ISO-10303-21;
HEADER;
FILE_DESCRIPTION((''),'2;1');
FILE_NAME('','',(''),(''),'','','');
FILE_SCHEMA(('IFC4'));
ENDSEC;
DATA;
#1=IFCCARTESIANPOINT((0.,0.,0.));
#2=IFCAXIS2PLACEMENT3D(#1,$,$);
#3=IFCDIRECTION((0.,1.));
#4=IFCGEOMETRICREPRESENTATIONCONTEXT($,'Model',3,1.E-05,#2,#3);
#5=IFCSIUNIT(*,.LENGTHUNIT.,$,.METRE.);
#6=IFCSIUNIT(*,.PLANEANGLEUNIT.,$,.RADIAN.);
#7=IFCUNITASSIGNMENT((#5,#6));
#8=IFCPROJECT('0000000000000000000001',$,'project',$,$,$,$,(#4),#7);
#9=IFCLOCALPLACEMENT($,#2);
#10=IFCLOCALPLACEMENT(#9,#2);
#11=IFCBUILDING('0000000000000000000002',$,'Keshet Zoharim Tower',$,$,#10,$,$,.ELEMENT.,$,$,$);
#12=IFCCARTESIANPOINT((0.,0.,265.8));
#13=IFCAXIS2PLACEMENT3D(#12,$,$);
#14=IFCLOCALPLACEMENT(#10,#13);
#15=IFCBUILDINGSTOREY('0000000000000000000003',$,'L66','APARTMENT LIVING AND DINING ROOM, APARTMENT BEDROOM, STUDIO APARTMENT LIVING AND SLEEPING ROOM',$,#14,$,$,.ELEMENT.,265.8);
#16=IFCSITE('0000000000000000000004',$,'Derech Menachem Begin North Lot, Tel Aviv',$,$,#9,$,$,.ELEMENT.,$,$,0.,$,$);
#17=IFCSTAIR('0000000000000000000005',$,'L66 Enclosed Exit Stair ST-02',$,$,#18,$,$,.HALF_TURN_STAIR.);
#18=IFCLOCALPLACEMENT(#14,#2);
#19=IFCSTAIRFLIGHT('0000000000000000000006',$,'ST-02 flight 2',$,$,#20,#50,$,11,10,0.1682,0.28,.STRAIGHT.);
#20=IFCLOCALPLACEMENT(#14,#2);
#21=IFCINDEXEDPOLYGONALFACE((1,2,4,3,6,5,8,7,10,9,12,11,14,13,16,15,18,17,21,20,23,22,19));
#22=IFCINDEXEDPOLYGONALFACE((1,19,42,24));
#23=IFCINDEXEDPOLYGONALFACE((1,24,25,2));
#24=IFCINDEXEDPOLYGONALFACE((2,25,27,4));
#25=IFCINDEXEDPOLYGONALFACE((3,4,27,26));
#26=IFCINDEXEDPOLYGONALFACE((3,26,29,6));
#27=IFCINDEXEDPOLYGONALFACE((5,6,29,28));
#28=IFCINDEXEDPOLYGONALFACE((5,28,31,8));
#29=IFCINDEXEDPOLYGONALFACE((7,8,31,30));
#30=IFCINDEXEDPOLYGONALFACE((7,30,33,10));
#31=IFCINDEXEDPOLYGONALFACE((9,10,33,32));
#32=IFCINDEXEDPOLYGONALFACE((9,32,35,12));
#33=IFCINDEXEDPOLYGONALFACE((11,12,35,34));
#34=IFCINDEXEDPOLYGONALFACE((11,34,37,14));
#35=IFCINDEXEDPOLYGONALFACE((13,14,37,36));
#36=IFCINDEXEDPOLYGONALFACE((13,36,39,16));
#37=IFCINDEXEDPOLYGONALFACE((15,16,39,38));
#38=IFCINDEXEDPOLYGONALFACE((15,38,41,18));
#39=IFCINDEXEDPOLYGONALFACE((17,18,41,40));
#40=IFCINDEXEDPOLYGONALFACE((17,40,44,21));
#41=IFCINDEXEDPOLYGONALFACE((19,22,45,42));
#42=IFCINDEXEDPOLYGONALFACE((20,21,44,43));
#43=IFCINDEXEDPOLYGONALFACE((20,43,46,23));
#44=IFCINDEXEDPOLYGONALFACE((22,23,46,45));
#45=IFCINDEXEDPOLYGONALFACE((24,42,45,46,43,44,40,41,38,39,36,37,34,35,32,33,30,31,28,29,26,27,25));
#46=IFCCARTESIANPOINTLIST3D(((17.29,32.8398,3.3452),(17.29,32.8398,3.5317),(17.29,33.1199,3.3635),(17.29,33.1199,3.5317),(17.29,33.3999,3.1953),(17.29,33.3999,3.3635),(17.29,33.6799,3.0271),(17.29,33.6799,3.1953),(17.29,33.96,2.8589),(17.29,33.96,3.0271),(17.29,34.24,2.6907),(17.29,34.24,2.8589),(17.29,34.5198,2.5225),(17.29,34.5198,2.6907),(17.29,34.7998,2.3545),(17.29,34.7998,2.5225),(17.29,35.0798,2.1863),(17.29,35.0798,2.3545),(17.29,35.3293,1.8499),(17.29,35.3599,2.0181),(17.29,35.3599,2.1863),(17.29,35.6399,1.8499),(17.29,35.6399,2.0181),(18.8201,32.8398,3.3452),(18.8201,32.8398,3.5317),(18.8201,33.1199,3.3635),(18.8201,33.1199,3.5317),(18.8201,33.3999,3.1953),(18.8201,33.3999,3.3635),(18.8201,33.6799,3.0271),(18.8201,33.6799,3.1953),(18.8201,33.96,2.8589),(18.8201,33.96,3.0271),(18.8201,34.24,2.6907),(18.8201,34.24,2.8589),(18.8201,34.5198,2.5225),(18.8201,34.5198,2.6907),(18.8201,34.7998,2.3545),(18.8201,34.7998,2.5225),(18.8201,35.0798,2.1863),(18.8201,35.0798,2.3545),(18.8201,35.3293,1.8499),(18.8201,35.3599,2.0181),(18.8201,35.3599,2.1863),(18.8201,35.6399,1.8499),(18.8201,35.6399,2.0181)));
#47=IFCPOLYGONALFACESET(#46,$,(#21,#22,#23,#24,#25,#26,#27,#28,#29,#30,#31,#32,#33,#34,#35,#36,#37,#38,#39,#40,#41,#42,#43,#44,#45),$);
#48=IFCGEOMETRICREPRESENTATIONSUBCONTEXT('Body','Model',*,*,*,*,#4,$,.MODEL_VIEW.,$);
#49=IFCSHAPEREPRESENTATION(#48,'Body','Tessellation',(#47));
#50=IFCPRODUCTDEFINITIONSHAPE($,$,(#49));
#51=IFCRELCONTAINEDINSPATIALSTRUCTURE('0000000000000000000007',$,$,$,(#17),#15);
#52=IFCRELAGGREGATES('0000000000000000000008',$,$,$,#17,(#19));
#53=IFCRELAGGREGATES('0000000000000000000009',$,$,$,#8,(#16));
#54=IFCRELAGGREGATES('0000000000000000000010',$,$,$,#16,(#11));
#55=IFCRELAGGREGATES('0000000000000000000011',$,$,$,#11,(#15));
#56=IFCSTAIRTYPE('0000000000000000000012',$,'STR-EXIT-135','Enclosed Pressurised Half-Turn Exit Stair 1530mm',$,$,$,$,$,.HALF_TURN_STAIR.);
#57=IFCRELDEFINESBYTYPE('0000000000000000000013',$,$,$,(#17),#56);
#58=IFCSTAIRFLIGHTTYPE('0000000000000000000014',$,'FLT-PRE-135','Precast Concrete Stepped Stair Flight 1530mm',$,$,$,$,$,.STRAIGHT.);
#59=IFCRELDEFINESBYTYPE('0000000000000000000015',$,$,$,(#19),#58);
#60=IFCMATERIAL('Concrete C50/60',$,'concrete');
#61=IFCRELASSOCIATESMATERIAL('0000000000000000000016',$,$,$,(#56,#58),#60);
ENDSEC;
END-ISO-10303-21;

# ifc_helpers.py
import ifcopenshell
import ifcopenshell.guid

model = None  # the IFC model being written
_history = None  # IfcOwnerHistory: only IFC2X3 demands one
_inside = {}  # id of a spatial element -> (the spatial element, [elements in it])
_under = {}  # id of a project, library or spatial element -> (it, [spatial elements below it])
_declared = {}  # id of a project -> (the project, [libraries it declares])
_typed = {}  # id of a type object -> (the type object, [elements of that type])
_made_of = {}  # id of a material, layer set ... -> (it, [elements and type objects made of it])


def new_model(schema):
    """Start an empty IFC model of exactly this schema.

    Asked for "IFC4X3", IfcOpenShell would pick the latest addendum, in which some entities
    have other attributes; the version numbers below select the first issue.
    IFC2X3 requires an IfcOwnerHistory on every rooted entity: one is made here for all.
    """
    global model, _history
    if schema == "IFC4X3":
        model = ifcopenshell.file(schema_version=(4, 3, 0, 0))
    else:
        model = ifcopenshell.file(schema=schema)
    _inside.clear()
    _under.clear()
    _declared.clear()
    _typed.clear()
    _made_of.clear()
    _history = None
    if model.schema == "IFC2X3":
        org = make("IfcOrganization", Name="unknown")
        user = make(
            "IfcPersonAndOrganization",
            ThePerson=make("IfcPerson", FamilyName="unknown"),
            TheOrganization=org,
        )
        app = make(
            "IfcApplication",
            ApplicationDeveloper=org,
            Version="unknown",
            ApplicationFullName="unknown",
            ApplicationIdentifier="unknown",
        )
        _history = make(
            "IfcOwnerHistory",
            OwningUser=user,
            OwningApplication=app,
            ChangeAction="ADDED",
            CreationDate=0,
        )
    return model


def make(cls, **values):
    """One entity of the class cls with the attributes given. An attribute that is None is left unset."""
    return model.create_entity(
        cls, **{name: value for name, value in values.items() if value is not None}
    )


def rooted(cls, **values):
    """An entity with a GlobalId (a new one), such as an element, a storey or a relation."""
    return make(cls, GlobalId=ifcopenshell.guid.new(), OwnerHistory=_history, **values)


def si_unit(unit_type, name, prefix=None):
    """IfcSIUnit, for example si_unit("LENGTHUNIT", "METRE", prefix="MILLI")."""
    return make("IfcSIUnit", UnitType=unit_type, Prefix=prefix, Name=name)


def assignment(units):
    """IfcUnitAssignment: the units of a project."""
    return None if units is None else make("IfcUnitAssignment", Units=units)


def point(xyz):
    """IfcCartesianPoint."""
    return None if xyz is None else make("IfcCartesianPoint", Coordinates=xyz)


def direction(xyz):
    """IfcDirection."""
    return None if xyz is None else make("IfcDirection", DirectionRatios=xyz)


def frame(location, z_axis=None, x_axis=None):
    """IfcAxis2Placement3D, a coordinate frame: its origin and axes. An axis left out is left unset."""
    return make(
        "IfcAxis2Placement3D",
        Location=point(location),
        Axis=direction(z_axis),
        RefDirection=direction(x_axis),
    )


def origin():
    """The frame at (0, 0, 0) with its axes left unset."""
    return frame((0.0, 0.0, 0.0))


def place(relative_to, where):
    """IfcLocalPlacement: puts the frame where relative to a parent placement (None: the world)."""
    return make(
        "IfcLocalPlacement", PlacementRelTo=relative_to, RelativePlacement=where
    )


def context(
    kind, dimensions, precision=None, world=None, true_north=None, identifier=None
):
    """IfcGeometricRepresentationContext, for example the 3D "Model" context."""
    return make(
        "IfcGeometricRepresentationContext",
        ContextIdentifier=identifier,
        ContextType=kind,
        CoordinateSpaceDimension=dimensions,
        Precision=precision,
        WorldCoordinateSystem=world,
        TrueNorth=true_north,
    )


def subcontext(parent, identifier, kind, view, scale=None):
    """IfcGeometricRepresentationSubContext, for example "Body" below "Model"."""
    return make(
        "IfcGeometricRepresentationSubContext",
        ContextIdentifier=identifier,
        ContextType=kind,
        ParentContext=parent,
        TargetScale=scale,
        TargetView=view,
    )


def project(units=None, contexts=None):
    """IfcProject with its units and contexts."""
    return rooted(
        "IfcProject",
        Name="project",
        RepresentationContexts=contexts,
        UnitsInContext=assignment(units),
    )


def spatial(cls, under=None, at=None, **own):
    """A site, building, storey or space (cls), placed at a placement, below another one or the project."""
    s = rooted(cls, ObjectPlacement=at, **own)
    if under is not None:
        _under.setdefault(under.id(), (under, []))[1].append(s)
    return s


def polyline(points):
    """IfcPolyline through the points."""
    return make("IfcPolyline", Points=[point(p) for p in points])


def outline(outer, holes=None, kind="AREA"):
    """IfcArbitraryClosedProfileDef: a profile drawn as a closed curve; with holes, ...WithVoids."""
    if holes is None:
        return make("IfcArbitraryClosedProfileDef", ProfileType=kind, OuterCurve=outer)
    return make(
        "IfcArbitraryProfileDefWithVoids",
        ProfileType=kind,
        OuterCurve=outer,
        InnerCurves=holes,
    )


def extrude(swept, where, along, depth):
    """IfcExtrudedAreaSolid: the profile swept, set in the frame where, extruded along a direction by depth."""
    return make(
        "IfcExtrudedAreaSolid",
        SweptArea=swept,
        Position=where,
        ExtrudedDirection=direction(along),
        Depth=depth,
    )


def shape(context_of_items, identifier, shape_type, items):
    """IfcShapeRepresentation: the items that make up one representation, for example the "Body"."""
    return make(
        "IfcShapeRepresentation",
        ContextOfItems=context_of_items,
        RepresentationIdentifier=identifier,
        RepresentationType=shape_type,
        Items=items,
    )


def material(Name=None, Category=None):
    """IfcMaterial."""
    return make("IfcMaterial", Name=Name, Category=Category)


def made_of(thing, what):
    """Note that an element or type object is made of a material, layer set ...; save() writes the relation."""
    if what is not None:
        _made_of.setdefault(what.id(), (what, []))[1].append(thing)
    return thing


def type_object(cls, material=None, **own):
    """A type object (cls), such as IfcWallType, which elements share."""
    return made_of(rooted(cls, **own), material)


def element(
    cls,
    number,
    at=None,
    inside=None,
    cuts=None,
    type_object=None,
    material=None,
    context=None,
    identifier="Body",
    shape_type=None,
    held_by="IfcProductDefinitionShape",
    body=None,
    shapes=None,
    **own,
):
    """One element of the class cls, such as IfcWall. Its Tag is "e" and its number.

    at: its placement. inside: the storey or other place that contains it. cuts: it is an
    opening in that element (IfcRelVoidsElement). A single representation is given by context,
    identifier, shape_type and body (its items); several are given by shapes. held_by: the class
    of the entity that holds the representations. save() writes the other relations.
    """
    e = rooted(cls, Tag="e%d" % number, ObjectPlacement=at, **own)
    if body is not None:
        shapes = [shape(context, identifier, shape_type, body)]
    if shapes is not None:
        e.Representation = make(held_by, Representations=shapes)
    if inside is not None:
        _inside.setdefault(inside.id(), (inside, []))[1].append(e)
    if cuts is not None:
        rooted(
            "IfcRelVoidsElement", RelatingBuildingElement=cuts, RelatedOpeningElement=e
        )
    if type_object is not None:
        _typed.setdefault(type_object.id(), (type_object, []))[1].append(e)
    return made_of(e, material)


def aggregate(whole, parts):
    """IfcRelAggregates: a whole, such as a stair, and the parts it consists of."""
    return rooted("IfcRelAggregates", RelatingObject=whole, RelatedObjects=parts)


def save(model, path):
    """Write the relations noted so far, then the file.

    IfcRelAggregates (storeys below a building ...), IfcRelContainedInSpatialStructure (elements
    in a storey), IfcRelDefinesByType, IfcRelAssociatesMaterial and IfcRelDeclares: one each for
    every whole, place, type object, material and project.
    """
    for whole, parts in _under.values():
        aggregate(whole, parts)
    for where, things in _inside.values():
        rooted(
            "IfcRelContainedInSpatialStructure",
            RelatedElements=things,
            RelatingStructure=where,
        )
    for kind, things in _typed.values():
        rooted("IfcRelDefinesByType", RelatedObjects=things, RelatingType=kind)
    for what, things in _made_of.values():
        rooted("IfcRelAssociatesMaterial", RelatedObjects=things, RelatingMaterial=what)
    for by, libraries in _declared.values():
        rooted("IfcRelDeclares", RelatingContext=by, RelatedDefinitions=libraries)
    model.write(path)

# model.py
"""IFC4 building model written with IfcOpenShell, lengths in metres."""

from ifc_helpers import new_model, si_unit, direction, frame, origin, place, context, subcontext, project, spatial, polyline, outline, extrude, material, type_object, element, aggregate, save


model = new_model("IFC4")

# Units and contexts
model_context = context("Model", 3, precision=1e-05, world=origin(), true_north=direction((0.0, 1.0)))
body_context = subcontext(model_context, "Body", "Model", "MODEL_VIEW")
ifc_project = project(units=[si_unit("LENGTHUNIT", "METRE"), si_unit("PLANEANGLEUNIT", "RADIAN")], contexts=[model_context])

# Site, building, storey
site_placement = place(None, origin())
site = spatial("IfcSite", under=ifc_project, at=site_placement, Name="Derech Menachem Begin North Lot, Tel Aviv", CompositionType="ELEMENT", RefElevation=0.0)
building_placement = place(site_placement, origin())
building = spatial("IfcBuilding", under=site, at=building_placement, Name="Keshet Zoharim Tower", CompositionType="ELEMENT")
storey_placement = place(building_placement, frame((0.0, 0.0, 265.8)))
storey = spatial("IfcBuildingStorey", under=building, at=storey_placement, Name="L66", Description="APARTMENT LIVING AND DINING ROOM, APARTMENT BEDROOM, STUDIO APARTMENT LIVING AND SLEEPING ROOM", CompositionType="ELEMENT", Elevation=265.8)

# Shared definitions
ifc_material_1 = material(Name="Concrete C50/60", Category="concrete")

# Stair, stair flight
stair_type = type_object("IfcStairType", Name="STR-EXIT-135", Description="Enclosed Pressurised Half-Turn Exit Stair 1530mm", PredefinedType="HALF_TURN_STAIR", material=ifc_material_1)
stair_placement = place(storey_placement, origin())
stair = element("IfcStair", 1, at=stair_placement, inside=storey, type_object=stair_type, Name="L66 Enclosed Exit Stair ST-02", PredefinedType="HALF_TURN_STAIR")
stair_flight_type = type_object("IfcStairFlightType", Name="FLT-PRE-135", Description="Precast Concrete Stepped Stair Flight 1530mm", PredefinedType="STRAIGHT", material=ifc_material_1)
stair_flight_1_placement = place(storey_placement, frame((18.0549, 35.6399, 1.8499), z_axis=(0.0, 0.0, 1.0), x_axis=(0.0, -1.0, 0.0)))
stair_flight_1 = element("IfcStairFlight", 2, at=stair_flight_1_placement, type_object=stair_flight_type, Name="ST-02 flight 2", NumberOfRisers=11, NumberOfTreads=10, PredefinedType="STRAIGHT", RiserHeight=0.1682, TreadLength=0.28, context=body_context, shape_type="SweptSolid", body=[
    extrude(outline(polyline([(0.0, 0.0), (0.0, 0.1682), (0.28, 0.1682), (0.28, 0.3364), (0.5601, 0.3364), (0.5601, 0.5046), (0.8401, 0.5046), (0.8401, 0.6726), (1.1201, 0.6726), (1.1201, 0.8408), (1.3999, 0.8408), (1.3999, 1.009), (1.6799, 1.009), (1.6799, 1.1772), (1.96, 1.1772), (1.96, 1.3455), (2.24, 1.3455), (2.24, 1.5137), (2.52, 1.5137), (2.52, 1.6819), (2.8, 1.6819), (2.8, 1.8501), (2.8, 1.4954), (0.3105, 0.0), (0.0, 0.0)])), frame((0.0, 0.7651, 0.0), z_axis=(0.0, -1.0, 0.0), x_axis=(1.0, 0.0, 0.0)), (0.0, 0.0, 1.0), 1.53),
])
aggregate(stair, [stair_flight_1])

save(model, "model.ifc")
